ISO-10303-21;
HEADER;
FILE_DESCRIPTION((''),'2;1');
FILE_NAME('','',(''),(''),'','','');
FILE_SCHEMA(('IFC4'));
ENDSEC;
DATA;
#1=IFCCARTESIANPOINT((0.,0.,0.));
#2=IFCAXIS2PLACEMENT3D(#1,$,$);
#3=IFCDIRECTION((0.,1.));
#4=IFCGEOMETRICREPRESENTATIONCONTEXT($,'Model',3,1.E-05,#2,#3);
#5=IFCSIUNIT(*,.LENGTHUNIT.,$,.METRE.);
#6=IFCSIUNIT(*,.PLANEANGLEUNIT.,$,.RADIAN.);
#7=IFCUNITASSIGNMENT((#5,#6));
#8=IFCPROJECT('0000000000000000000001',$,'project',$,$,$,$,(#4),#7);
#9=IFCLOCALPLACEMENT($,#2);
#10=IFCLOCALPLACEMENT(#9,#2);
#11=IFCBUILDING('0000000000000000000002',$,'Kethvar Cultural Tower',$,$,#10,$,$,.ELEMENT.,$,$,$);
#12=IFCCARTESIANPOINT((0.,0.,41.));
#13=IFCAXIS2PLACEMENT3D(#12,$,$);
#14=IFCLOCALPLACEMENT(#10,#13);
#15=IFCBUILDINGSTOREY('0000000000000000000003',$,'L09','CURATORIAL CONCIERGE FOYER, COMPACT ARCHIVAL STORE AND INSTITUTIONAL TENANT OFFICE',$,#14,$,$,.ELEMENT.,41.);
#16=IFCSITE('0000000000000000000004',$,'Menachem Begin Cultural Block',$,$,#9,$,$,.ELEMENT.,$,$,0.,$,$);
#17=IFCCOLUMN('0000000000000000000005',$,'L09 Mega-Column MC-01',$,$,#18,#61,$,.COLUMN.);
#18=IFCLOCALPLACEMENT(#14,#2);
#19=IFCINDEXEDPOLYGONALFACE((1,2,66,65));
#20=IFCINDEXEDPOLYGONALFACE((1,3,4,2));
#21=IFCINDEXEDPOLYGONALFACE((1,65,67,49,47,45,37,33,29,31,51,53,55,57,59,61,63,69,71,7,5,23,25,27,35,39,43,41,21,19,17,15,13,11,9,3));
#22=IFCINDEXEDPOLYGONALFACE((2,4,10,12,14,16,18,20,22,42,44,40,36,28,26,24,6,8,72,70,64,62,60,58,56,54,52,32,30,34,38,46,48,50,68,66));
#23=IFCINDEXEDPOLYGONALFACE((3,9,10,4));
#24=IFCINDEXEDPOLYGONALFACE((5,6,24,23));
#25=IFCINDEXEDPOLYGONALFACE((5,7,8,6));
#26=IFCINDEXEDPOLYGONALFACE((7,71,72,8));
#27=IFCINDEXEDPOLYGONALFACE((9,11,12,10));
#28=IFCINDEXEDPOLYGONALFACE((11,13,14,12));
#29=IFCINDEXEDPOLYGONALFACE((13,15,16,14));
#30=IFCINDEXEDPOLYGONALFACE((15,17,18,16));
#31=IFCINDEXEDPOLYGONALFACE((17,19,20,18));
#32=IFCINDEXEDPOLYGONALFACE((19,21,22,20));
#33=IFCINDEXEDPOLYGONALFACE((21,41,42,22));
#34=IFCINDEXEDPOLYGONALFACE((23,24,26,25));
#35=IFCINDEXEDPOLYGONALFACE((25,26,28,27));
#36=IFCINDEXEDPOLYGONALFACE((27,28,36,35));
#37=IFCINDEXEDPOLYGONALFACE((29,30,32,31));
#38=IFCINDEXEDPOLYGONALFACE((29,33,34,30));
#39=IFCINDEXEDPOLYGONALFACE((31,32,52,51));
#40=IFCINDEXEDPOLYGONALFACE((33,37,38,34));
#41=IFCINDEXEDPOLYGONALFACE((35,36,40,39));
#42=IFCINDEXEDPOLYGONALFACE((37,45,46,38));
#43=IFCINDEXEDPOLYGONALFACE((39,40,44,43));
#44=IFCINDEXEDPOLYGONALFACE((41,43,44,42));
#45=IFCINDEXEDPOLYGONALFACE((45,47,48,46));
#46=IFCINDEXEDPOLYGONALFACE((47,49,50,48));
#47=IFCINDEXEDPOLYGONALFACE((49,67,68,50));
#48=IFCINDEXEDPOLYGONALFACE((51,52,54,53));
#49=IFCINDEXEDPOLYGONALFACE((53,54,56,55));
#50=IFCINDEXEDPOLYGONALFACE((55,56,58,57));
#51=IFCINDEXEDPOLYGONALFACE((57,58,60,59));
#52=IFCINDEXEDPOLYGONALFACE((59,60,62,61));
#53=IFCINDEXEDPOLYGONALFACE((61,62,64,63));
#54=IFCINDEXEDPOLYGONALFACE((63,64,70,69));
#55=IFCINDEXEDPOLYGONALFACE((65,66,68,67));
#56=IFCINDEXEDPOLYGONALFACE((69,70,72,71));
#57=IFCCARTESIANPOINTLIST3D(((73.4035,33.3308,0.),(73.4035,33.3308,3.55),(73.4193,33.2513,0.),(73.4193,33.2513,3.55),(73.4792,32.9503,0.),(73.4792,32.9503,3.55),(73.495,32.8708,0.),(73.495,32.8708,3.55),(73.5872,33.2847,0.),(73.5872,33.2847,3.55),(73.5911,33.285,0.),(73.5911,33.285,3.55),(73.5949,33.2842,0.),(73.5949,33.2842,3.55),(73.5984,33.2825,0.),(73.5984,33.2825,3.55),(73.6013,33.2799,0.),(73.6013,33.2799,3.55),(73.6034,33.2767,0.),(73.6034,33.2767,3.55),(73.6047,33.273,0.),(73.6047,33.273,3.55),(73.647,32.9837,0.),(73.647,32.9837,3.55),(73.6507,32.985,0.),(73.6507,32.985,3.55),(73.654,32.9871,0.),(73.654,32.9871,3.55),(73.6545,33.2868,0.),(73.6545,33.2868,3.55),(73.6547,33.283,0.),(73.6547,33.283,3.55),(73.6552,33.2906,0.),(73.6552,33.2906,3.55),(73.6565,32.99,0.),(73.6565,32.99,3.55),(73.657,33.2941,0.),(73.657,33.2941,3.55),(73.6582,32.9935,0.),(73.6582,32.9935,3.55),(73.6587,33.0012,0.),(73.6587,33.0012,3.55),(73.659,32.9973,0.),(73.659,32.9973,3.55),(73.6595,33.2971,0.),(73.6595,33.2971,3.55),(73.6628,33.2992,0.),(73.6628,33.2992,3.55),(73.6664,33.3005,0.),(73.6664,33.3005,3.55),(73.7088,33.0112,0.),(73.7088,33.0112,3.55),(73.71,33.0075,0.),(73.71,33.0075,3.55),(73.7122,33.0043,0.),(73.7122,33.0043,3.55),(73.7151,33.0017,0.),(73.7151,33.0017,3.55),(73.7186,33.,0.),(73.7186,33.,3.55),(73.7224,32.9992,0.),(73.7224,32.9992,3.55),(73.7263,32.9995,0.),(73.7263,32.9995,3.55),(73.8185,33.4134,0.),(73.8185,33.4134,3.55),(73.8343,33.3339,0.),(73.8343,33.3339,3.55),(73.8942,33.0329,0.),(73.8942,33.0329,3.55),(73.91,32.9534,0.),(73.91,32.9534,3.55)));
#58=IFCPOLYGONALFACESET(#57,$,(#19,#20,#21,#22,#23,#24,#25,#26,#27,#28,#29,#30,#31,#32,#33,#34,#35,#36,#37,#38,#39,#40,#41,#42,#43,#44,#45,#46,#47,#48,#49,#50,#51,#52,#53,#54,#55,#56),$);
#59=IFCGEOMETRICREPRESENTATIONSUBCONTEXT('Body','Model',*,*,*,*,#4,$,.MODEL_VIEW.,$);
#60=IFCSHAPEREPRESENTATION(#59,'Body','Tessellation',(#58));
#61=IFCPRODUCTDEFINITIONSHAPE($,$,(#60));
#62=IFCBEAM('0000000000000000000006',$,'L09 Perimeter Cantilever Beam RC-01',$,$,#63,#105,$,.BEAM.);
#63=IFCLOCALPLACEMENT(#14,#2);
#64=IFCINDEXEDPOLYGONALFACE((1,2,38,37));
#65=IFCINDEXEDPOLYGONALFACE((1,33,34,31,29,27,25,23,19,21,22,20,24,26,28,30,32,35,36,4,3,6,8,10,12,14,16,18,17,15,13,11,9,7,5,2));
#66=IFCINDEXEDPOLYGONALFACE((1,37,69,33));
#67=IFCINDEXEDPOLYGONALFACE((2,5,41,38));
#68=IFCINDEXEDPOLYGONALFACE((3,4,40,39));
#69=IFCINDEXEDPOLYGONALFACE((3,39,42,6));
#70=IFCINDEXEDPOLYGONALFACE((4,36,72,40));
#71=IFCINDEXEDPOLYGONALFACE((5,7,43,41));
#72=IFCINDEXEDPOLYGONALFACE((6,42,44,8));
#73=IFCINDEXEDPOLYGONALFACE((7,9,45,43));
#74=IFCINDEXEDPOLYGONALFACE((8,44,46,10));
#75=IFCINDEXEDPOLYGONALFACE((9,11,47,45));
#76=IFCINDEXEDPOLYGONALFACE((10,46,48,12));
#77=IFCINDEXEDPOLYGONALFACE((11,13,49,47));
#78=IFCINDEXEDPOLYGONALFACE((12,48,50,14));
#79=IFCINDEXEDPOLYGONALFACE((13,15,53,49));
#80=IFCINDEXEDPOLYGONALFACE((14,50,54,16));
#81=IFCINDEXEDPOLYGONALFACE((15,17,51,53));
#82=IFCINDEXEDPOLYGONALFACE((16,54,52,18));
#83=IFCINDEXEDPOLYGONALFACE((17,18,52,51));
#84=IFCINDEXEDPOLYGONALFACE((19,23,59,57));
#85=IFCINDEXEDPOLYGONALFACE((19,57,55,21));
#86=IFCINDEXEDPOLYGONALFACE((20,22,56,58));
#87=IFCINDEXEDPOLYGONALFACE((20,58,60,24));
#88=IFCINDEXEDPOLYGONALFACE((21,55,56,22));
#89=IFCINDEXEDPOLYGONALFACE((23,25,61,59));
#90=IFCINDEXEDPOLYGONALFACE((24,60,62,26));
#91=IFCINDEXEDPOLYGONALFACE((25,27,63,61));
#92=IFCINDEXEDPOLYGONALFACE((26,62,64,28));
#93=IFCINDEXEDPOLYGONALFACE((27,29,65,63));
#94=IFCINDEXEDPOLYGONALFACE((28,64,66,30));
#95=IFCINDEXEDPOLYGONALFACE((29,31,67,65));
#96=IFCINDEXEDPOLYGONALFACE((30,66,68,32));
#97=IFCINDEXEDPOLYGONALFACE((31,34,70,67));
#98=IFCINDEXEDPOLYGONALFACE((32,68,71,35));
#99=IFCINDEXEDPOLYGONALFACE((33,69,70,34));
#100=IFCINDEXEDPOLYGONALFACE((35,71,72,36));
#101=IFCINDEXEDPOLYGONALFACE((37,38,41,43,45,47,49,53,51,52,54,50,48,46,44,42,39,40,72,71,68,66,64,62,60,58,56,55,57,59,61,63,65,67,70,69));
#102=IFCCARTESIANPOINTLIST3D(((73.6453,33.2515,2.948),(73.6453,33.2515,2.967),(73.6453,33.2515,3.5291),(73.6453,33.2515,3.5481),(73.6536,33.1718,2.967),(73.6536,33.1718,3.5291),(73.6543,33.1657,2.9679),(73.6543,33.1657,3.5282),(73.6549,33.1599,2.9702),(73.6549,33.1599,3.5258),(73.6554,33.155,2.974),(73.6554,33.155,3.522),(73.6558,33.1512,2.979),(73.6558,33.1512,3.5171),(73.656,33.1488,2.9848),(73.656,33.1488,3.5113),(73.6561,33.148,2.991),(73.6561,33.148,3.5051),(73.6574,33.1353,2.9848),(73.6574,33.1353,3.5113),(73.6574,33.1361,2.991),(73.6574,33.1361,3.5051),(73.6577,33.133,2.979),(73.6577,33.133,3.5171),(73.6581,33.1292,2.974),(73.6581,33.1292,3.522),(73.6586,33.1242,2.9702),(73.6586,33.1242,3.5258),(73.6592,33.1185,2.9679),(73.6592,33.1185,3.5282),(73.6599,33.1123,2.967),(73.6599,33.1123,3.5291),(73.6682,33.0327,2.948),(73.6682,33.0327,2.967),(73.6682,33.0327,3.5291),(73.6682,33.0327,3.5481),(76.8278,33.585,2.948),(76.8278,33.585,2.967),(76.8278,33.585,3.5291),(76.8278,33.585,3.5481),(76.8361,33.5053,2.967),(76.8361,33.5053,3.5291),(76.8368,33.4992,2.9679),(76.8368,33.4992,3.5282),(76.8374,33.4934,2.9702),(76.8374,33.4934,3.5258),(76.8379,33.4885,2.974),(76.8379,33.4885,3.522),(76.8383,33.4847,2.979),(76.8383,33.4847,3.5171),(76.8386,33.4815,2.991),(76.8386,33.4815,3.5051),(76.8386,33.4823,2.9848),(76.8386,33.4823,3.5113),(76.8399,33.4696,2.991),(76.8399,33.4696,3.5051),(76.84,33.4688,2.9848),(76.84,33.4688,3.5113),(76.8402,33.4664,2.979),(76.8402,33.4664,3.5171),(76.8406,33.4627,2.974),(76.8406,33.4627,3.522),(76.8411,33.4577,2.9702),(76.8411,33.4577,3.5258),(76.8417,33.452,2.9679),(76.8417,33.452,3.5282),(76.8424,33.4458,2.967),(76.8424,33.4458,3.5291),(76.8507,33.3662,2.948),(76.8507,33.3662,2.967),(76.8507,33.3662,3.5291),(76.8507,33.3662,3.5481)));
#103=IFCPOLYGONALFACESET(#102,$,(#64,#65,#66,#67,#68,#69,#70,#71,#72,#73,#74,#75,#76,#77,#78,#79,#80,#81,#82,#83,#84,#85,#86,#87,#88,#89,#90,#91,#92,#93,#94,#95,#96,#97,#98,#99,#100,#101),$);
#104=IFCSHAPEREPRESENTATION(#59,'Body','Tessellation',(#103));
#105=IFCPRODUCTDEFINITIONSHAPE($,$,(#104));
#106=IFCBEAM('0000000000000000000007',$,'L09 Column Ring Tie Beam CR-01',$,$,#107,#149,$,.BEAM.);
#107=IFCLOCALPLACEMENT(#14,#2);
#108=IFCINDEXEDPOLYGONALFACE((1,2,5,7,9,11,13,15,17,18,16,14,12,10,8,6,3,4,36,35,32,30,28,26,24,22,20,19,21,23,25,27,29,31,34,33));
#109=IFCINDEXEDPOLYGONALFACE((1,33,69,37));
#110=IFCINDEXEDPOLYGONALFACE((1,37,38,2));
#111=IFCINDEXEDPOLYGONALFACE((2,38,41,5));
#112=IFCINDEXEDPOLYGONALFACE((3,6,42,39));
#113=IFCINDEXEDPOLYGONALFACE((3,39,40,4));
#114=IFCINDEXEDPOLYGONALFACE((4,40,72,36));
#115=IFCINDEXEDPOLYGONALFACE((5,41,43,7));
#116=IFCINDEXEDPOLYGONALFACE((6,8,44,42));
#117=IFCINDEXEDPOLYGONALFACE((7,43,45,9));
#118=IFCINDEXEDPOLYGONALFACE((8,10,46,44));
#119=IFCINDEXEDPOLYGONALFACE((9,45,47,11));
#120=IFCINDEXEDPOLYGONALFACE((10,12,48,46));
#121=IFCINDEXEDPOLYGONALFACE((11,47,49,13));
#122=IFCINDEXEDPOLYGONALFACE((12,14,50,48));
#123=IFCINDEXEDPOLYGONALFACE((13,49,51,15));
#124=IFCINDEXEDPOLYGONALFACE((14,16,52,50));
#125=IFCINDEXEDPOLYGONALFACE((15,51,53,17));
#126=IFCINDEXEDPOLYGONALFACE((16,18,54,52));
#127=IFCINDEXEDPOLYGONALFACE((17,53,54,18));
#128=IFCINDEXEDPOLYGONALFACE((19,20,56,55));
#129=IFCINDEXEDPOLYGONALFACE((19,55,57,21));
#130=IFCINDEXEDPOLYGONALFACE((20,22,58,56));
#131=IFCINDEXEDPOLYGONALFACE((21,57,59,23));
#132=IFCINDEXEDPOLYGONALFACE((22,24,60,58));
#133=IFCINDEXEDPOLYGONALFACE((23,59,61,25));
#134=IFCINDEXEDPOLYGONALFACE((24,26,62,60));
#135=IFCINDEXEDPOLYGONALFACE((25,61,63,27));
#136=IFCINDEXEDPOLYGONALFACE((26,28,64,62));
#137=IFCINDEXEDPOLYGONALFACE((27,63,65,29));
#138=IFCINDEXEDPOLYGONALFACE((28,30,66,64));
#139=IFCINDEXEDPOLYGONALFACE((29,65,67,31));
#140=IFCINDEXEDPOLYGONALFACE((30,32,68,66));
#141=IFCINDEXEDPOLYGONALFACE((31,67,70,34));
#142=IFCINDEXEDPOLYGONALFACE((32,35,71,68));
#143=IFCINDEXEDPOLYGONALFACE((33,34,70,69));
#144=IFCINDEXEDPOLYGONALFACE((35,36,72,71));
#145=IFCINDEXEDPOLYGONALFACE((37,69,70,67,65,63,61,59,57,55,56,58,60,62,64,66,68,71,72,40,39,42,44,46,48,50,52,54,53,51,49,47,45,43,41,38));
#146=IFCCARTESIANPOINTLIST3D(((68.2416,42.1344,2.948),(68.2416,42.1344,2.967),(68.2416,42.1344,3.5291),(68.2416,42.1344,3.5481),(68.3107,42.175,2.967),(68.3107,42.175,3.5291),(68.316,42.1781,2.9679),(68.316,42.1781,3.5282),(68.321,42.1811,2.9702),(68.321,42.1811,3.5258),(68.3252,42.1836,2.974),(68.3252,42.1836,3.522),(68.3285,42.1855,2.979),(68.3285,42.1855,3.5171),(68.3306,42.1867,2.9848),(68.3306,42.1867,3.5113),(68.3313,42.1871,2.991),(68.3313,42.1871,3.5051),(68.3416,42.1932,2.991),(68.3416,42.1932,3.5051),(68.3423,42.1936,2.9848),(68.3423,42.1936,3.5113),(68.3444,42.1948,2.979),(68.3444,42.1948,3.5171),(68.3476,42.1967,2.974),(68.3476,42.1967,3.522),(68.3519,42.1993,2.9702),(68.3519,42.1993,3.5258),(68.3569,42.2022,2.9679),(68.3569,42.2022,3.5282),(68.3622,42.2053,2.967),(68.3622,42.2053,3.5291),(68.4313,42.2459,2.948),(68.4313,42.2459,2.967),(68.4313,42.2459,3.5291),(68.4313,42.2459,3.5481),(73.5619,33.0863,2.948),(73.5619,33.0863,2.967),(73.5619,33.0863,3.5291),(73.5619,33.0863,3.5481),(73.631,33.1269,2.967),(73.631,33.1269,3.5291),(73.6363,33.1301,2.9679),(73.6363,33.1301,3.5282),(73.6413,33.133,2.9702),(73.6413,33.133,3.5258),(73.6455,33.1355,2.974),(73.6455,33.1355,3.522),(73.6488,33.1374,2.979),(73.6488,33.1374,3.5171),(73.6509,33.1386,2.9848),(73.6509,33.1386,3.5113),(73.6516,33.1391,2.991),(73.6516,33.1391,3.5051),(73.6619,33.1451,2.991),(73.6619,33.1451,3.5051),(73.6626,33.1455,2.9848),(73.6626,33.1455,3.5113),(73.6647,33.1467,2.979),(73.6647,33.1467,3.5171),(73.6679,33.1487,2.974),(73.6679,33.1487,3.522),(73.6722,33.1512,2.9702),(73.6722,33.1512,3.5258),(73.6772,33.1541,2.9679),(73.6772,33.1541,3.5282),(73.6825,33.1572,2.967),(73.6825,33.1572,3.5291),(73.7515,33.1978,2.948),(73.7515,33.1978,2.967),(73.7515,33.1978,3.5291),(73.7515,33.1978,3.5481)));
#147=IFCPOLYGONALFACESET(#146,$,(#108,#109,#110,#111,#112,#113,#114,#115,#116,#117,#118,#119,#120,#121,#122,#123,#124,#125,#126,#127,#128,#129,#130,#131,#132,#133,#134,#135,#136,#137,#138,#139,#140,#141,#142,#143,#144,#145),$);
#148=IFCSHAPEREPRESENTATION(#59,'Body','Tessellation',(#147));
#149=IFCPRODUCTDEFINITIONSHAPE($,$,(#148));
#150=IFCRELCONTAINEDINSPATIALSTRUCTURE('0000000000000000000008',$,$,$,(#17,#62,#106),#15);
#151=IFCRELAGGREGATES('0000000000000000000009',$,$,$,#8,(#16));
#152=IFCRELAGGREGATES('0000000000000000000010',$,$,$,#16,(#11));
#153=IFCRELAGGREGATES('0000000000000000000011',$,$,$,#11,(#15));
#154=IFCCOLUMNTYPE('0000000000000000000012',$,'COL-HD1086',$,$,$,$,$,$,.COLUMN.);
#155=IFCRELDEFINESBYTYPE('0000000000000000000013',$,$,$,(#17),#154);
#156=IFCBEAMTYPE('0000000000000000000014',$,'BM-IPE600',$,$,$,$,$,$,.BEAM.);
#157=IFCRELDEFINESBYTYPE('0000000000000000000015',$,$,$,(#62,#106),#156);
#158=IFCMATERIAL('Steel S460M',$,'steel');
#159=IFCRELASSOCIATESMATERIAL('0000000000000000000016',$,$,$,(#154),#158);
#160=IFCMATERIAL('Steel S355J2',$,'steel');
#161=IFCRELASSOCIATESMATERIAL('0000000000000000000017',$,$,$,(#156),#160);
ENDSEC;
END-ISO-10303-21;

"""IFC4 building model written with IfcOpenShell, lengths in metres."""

from ifc_helpers import new_model, si_unit, direction, frame, origin, origin_2d, place, context, subcontext, project, spatial, i_section, extrude, source, transform, mapped, material, material_profile, profile_set, type_object, element, save


model = new_model("IFC4")

# Units and contexts
model_context = context("Model", 3, precision=1e-05, world=origin(), true_north=direction((0.0, 1.0)))
body_context = subcontext(model_context, "Body", "Model", "MODEL_VIEW")
ifc_project = project(units=[si_unit("LENGTHUNIT", "METRE"), si_unit("PLANEANGLEUNIT", "RADIAN")], contexts=[model_context])

# Site, building, storey
site_placement = place(None, origin())
site = spatial("IfcSite", under=ifc_project, at=site_placement, Name="Menachem Begin Cultural Block", CompositionType="ELEMENT", RefElevation=0.0)
building_placement = place(site_placement, origin())
building = spatial("IfcBuilding", under=site, at=building_placement, Name="Kethvar Cultural Tower", CompositionType="ELEMENT")
storey_placement = place(building_placement, frame((0.0, 0.0, 41.0)))
storey = spatial("IfcBuildingStorey", under=building, at=storey_placement, Name="L09", Description="CURATORIAL CONCIERGE FOYER, COMPACT ARCHIVAL STORE AND INSTITUTIONAL TENANT OFFICE", CompositionType="ELEMENT", Elevation=41.0)

# Column
ifc_material_1 = material(Name="Steel S460M", Category="steel")
ifc_material_profile_1 = material_profile(ifc_material_1, i_section(OverallWidth=0.4231, OverallDepth=0.469, WebThickness=0.051, FlangeThickness=0.0811, FilletRadius=0.0149, at=origin_2d()), Name="Steel S460M — HD400x1086")
ifc_profile_set_1 = profile_set([ifc_material_profile_1], Name="Steel S460M — HD400x1086")
column_type = type_object("IfcColumnType", Name="COL-HD1086", PredefinedType="COLUMN", material=ifc_profile_set_1)
shared_shape_1 = source(origin(), body_context, "Body", "SweptSolid", [
    extrude(i_section(OverallWidth=0.4231, OverallDepth=0.469, WebThickness=0.051, FlangeThickness=0.0811, FilletRadius=0.0149, at=origin_2d()), origin(), (0.0, 0.0, 1.0), 3.55),
])
column_placement = place(storey_placement, frame((73.6567, 33.1421, 0.0), z_axis=(0.0, 0.0, 1.0), x_axis=(0.980785, 0.19509, 0.0)))
element("IfcColumn", 1, at=column_placement, inside=storey, type_object=column_type, Name="L09 Mega-Column MC-01", PredefinedType="COLUMN", context=body_context, shape_type="MappedRepresentation", body=[
    mapped(shared_shape_1, transform((0.0, 0.0, 0.0), scale=1.0)),
])

# Beams
ifc_material_2 = material(Name="Steel S355J2", Category="steel")
ifc_material_profile_2 = material_profile(ifc_material_2, i_section(OverallWidth=0.22, OverallDepth=0.6001, WebThickness=0.012, FlangeThickness=0.019, FilletRadius=0.0239, at=origin_2d()), Name="Steel S355J2 — IPE600")
ifc_profile_set_2 = profile_set([ifc_material_profile_2], Name="Steel S355J2 — IPE600")
beam_type_1 = type_object("IfcBeamType", Name="BM-IPE600", PredefinedType="BEAM", material=ifc_profile_set_2)
shared_shape_2 = source(origin(), body_context, "Body", "SweptSolid", [
    extrude(i_section(OverallWidth=0.22, OverallDepth=0.6001, WebThickness=0.012, FlangeThickness=0.019, FilletRadius=0.0239, at=origin_2d()), origin(), (0.0, 0.0, 1.0), 3.2),
])
beam_1_placement = place(storey_placement, frame((73.6567, 33.1421, 3.248), z_axis=(0.994555, 0.104216, 0.0), x_axis=(-0.104216, 0.994555, 0.0)))
element("IfcBeam", 2, at=beam_1_placement, inside=storey, type_object=beam_type_1, Name="L09 Perimeter Cantilever Beam RC-01", PredefinedType="BEAM", context=body_context, shape_type="MappedRepresentation", body=[
    mapped(shared_shape_2, transform((0.0, 0.0, 0.0), scale=1.0)),
])
shared_shape_3 = source(origin(), body_context, "Body", "SweptSolid", [
    extrude(i_section(OverallWidth=0.22, OverallDepth=0.6001, WebThickness=0.012, FlangeThickness=0.019, FilletRadius=0.0239, at=origin_2d()), origin(), (0.0, 0.0, 1.0), 10.4963),
])
beam_2_placement = place(storey_placement, frame((73.6567, 33.1421, 3.248), z_axis=(-0.506872, 0.862022, 0.0), x_axis=(-0.862022, -0.506872, 0.0)))
element("IfcBeam", 3, at=beam_2_placement, inside=storey, type_object=beam_type_1, Name="L09 Column Ring Tie Beam CR-01", PredefinedType="BEAM", context=body_context, shape_type="MappedRepresentation", body=[
    mapped(shared_shape_3, transform((0.0, 0.0, 0.0), scale=1.0)),
])

save(model, "model.ifc")
